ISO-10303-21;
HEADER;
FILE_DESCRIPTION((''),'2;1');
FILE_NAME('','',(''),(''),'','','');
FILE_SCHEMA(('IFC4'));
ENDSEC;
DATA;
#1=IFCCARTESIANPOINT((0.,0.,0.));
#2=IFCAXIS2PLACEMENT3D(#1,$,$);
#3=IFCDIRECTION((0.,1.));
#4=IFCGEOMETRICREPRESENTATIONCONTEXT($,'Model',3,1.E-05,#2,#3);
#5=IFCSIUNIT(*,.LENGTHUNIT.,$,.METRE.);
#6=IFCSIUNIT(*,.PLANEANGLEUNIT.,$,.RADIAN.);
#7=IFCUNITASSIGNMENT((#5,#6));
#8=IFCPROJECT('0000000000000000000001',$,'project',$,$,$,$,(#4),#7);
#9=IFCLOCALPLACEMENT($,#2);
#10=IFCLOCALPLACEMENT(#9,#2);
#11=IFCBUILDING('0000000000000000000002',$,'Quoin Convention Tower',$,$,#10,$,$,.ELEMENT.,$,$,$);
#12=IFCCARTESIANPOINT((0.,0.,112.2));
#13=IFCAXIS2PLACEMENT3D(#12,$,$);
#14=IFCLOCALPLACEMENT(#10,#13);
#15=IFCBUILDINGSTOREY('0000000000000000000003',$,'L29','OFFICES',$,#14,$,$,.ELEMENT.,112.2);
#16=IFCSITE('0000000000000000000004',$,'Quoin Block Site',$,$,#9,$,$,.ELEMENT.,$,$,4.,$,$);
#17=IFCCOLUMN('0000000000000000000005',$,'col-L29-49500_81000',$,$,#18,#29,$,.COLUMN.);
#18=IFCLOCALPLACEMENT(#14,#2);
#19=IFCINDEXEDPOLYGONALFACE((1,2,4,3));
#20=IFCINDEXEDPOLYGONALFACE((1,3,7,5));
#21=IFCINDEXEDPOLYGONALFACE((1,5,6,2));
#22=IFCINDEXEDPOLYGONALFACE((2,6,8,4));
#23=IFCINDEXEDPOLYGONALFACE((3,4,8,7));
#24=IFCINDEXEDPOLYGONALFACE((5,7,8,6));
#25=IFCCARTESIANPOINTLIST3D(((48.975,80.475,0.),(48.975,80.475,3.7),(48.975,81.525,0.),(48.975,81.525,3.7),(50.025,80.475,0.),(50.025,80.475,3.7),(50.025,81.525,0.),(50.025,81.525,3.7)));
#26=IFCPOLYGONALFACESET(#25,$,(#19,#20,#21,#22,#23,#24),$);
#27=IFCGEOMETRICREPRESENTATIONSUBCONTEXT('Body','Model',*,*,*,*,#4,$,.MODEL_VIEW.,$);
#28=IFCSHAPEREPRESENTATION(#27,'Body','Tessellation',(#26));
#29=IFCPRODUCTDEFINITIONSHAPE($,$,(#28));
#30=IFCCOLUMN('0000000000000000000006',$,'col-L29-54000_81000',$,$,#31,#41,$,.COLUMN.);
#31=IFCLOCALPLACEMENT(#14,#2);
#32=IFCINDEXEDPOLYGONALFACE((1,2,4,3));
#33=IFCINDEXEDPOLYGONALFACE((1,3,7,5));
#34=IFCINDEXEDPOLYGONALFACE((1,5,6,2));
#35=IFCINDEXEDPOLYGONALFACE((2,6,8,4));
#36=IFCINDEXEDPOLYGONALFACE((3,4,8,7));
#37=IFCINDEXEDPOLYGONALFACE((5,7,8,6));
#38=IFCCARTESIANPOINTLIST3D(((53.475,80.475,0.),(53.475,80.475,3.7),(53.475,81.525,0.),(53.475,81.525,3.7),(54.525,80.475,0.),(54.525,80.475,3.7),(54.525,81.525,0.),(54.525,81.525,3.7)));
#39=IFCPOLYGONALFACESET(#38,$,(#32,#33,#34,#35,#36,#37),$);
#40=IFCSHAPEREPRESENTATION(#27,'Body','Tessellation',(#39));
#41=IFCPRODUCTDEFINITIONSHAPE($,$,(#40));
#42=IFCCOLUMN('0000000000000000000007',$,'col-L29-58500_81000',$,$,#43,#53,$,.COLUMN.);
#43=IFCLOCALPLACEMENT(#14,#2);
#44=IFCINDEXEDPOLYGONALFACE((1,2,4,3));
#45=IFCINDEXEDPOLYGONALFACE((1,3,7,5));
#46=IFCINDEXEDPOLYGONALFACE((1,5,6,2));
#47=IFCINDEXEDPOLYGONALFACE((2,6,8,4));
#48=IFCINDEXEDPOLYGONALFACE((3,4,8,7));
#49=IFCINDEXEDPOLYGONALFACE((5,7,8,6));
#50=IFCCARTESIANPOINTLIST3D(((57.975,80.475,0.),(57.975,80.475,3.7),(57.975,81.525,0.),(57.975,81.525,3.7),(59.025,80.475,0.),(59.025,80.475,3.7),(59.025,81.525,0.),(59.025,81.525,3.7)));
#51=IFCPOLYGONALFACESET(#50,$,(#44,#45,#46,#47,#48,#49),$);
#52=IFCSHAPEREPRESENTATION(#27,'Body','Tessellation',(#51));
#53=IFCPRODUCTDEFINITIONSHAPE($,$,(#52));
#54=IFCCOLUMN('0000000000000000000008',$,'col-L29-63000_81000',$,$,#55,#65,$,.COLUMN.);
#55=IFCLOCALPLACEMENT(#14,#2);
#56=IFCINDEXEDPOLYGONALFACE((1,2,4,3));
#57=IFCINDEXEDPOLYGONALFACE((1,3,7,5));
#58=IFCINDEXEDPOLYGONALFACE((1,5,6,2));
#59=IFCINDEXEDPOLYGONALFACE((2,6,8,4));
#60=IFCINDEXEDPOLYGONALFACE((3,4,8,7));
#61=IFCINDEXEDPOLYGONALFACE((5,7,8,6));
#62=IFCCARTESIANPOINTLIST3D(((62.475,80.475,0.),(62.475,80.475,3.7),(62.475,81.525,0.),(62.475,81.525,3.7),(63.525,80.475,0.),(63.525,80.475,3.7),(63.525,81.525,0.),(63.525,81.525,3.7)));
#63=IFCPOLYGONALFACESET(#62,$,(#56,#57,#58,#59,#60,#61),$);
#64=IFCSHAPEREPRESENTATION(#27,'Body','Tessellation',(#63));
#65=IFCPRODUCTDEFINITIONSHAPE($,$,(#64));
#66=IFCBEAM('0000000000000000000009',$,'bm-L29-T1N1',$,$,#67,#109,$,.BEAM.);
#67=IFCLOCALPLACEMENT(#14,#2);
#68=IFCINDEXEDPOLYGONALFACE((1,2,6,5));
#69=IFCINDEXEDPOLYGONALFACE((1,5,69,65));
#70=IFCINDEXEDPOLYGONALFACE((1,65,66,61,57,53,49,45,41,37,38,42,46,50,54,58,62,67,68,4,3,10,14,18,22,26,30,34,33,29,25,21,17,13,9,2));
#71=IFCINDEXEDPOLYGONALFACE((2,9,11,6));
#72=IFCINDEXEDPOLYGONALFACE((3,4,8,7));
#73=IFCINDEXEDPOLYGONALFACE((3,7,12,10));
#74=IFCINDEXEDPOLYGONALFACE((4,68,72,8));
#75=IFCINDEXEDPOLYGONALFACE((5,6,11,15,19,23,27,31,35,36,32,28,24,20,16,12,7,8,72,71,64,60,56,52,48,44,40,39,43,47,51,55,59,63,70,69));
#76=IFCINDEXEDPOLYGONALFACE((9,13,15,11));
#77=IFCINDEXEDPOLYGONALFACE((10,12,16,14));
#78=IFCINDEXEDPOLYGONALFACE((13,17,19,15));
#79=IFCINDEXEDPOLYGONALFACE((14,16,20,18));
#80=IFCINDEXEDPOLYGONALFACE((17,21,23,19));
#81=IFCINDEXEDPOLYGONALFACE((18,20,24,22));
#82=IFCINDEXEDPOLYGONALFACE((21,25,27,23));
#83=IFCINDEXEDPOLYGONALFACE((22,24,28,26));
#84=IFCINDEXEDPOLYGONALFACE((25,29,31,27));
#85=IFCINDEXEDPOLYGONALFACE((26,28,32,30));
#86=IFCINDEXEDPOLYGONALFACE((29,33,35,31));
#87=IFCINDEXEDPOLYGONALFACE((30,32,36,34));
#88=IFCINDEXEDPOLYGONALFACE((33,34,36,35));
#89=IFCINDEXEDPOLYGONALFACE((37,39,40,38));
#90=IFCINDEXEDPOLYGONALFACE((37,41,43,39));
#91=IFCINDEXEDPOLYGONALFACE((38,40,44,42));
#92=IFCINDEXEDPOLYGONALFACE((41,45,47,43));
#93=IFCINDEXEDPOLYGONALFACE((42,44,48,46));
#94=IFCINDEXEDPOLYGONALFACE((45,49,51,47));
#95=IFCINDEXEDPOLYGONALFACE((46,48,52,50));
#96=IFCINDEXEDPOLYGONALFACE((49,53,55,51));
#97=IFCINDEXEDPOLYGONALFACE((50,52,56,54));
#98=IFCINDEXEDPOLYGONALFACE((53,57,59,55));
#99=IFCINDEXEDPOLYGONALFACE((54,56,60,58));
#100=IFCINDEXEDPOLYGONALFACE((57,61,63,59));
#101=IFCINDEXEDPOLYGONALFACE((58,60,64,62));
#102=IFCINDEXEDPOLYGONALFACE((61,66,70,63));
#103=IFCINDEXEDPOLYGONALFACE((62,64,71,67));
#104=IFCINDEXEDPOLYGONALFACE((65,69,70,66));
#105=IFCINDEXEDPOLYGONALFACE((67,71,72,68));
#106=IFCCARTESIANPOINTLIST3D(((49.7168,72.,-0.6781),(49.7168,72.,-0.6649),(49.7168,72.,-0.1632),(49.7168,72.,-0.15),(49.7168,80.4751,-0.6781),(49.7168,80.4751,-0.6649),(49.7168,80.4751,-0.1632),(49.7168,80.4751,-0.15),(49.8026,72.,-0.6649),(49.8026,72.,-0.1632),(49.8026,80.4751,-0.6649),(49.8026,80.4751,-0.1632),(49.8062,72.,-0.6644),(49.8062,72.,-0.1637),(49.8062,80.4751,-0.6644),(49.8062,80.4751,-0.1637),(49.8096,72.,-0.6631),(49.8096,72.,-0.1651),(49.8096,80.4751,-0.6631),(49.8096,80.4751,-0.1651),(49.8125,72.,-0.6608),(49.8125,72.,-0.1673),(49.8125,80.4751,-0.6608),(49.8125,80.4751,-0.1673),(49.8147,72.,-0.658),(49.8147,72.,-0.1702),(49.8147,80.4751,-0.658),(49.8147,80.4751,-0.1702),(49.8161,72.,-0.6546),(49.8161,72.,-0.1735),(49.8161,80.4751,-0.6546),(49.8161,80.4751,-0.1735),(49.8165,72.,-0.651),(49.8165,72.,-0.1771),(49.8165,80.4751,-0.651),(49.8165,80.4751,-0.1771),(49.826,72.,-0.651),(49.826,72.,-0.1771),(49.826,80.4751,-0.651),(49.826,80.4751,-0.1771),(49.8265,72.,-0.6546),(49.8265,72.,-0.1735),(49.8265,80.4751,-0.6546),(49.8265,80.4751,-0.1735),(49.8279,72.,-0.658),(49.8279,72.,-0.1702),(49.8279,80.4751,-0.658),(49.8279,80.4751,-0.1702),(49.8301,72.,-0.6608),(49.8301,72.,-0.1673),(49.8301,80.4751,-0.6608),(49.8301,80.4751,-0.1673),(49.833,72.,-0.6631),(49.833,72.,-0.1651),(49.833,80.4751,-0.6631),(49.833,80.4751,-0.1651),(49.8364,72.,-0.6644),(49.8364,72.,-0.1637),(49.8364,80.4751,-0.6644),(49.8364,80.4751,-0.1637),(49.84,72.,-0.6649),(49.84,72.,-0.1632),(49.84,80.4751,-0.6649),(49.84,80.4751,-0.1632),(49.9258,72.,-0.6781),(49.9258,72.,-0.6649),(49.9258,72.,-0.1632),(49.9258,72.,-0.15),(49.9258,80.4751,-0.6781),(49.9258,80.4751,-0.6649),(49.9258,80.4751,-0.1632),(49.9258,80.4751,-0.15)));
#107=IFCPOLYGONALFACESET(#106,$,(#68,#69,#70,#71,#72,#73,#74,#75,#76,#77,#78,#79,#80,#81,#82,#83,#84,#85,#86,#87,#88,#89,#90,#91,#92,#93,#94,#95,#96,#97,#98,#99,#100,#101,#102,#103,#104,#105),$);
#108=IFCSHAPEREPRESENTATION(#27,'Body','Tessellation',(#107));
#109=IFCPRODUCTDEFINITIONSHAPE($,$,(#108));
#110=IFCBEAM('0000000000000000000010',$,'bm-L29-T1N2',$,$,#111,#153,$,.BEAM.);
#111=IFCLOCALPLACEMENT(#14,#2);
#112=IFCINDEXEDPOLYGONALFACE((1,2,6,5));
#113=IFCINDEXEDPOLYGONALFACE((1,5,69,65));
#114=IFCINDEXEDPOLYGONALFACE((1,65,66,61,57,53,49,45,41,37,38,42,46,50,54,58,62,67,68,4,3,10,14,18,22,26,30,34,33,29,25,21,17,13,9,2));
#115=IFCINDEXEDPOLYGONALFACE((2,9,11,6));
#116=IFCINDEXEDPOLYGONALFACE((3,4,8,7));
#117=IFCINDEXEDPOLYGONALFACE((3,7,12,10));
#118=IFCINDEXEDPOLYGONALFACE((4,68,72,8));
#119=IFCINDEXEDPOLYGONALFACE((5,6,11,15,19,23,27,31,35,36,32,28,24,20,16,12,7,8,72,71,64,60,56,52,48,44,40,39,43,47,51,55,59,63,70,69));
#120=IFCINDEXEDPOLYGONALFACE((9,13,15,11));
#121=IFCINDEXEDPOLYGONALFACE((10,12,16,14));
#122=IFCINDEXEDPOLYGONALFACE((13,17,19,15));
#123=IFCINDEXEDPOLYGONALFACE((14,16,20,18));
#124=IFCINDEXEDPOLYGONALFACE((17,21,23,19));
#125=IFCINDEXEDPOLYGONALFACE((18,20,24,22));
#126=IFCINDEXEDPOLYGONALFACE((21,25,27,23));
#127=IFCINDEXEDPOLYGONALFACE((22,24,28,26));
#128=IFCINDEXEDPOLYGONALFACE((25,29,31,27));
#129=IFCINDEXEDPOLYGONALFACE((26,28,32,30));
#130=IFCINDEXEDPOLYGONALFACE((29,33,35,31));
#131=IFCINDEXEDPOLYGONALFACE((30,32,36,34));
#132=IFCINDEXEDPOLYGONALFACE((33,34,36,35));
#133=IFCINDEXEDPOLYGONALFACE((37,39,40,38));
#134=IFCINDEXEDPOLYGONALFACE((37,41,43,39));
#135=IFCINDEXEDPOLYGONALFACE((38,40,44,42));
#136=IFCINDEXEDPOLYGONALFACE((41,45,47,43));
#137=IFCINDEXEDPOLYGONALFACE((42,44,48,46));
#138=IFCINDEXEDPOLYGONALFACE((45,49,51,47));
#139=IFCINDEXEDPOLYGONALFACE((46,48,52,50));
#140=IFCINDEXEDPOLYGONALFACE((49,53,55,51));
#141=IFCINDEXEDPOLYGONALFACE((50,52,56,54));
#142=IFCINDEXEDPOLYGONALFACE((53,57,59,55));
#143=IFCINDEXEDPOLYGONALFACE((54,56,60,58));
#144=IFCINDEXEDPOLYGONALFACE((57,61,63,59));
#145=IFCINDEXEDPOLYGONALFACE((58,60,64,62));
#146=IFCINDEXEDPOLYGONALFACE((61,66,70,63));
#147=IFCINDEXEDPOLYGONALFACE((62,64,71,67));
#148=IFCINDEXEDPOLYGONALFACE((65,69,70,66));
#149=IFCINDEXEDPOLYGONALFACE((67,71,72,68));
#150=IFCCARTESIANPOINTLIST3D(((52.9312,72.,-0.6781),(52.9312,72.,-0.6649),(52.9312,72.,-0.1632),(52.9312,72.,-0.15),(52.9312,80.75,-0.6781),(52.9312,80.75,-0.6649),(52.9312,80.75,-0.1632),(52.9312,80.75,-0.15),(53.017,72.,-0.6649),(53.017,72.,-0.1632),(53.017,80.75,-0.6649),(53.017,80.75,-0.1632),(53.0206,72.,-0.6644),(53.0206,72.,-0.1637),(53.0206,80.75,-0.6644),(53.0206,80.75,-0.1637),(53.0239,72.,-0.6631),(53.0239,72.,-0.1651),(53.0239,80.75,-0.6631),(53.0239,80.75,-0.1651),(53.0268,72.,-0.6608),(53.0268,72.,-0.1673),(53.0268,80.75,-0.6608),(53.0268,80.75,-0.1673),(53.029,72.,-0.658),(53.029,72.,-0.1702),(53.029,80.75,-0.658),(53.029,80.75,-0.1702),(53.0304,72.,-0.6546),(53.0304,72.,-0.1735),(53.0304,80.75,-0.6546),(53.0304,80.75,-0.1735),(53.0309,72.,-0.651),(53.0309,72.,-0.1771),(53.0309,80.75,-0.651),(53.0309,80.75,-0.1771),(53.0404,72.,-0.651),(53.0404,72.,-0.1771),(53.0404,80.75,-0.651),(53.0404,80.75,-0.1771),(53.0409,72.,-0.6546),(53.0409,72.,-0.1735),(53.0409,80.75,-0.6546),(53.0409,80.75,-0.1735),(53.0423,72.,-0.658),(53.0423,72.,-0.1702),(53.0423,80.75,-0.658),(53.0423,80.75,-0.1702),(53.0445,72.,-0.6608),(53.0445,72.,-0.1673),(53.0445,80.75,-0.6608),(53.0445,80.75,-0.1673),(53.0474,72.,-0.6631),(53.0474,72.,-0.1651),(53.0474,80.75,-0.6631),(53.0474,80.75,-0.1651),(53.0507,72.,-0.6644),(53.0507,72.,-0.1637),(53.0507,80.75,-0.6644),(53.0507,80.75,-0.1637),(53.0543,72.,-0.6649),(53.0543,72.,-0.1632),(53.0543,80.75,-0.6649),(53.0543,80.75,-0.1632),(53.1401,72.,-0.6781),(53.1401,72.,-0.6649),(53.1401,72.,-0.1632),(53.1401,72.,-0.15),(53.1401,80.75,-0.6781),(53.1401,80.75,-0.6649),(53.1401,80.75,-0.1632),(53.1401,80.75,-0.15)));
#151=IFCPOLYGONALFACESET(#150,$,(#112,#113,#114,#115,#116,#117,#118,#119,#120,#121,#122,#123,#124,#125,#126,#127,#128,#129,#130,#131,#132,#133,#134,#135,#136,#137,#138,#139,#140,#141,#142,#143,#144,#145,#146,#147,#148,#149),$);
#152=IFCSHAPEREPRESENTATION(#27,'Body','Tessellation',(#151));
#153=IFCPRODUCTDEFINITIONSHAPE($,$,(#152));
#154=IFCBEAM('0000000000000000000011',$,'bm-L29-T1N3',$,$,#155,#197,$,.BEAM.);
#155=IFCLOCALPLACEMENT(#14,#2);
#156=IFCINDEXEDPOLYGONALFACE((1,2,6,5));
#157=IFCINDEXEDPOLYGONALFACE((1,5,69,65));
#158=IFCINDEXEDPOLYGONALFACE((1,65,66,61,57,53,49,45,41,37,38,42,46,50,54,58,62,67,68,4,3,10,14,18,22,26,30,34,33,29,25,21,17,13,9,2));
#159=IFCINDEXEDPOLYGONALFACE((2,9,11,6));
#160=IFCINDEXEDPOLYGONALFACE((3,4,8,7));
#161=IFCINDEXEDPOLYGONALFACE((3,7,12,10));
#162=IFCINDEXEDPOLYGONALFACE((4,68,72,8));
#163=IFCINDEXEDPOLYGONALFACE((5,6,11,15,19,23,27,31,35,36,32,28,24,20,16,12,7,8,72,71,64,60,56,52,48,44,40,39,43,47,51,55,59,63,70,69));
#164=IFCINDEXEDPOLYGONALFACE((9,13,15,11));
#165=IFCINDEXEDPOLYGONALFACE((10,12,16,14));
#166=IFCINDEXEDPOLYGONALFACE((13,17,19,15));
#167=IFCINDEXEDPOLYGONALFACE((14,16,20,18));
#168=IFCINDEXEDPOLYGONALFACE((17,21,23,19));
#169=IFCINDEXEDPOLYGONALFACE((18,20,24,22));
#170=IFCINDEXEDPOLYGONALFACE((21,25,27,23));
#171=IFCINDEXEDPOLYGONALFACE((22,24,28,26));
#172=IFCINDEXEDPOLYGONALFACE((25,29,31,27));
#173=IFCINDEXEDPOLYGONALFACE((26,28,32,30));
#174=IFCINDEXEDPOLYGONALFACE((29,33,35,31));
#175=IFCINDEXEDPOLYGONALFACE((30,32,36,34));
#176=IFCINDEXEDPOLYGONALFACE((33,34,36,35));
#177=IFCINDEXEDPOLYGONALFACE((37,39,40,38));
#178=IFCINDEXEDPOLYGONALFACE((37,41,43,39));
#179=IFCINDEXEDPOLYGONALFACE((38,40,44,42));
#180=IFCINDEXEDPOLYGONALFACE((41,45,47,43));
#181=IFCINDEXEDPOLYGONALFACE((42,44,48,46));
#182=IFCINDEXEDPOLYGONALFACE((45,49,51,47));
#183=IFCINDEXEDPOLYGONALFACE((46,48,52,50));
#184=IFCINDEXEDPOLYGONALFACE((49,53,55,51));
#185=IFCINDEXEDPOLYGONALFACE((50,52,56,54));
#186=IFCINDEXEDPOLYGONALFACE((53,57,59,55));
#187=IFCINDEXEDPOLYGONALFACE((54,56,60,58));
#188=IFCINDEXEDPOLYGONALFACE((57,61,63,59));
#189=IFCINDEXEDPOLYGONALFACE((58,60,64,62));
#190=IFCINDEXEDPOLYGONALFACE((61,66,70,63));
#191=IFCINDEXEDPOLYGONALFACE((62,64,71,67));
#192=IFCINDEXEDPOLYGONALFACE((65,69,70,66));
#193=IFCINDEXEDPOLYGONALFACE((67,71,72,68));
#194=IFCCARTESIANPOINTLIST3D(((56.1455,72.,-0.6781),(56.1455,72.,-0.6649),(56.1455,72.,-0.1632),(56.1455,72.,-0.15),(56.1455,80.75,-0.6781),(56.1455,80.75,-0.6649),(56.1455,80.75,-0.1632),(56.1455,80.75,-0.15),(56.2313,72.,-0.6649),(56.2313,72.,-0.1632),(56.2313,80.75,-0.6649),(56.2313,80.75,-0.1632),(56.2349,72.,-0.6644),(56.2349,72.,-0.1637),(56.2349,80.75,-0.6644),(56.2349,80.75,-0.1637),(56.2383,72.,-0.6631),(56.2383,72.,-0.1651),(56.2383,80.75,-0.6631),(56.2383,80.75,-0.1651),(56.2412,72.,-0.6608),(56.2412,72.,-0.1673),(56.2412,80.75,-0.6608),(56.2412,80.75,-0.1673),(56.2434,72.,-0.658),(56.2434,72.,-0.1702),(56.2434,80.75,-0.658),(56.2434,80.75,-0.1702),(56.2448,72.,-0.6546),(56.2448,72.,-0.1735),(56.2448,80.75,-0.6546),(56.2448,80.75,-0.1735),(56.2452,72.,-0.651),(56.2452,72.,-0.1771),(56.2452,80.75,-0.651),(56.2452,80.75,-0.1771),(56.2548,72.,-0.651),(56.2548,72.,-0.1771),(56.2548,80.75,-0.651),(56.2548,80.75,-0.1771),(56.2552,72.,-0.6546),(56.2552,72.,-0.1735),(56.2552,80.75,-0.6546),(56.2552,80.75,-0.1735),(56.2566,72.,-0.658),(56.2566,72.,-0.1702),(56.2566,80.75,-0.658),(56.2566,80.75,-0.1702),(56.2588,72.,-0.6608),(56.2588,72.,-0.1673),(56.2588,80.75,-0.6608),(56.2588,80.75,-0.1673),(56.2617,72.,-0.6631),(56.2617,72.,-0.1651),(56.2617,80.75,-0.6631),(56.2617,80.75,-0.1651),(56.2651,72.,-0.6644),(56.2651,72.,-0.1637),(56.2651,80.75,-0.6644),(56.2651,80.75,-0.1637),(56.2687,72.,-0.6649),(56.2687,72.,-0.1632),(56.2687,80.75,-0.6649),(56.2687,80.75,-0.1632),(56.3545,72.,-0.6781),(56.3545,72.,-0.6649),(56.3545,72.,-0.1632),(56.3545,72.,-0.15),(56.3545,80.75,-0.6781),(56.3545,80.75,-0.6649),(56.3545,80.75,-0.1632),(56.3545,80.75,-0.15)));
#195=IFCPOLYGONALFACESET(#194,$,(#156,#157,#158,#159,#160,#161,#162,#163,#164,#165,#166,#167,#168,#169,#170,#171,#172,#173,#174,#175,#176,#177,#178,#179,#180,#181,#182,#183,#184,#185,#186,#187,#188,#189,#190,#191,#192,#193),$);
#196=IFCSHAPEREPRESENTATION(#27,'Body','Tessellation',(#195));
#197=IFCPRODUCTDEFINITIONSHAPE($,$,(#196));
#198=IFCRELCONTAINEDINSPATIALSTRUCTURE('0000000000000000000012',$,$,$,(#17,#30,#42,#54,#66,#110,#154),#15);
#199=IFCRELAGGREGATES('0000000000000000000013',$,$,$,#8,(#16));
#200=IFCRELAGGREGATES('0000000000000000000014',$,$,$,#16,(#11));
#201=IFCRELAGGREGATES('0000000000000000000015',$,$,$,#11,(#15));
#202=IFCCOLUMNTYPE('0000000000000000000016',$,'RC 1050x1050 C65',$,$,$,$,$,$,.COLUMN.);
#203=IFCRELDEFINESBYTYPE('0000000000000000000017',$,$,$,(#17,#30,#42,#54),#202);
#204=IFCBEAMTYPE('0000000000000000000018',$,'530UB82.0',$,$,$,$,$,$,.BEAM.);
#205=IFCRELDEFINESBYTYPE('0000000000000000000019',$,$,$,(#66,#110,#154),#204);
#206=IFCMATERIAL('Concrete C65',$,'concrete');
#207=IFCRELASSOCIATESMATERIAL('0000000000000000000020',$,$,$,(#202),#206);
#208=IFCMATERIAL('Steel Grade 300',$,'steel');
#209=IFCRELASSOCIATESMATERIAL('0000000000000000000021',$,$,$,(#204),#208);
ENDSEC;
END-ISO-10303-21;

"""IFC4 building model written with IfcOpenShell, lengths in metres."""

from ifc_helpers import new_model, si_unit, direction, frame, origin, origin_2d, place, context, subcontext, project, spatial, rectangle, i_section, extrude, material, material_profile, profile_set, type_object, element, save


model = new_model("IFC4")

# Units and contexts
model_context = context("Model", 3, precision=1e-05, world=origin(), true_north=direction((0.0, 1.0)))
body_context = subcontext(model_context, "Body", "Model", "MODEL_VIEW")
ifc_project = project(units=[si_unit("LENGTHUNIT", "METRE"), si_unit("PLANEANGLEUNIT", "RADIAN")], contexts=[model_context])

# Site, building, storey
site_placement = place(None, origin())
site = spatial("IfcSite", under=ifc_project, at=site_placement, Name="Quoin Block Site", CompositionType="ELEMENT", RefElevation=4.0)
building_placement = place(site_placement, origin())
building = spatial("IfcBuilding", under=site, at=building_placement, Name="Quoin Convention Tower", CompositionType="ELEMENT")
storey_placement = place(building_placement, frame((0.0, 0.0, 112.2)))
storey = spatial("IfcBuildingStorey", under=building, at=storey_placement, Name="L29", Description="OFFICES", CompositionType="ELEMENT", Elevation=112.2)

# Columns
ifc_material_1 = material(Name="Concrete C65", Category="concrete")
ifc_material_profile_1 = material_profile(ifc_material_1, rectangle(XDim=1.05, YDim=1.05, at=origin_2d()), Name="RC 1050x1050")
ifc_profile_set_1 = profile_set([ifc_material_profile_1], Name="Concrete C65")
column_type = type_object("IfcColumnType", Name="RC 1050x1050 C65", PredefinedType="COLUMN", material=ifc_profile_set_1)
for number, where, z_axis, x_axis, name in (
    (1, (49.5, 81.0, 0.0), (0.0, 0.0, 1.0), (1.0, 0.0, 0.0), "col-L29-49500_81000"),
    (2, (54.0, 81.0, 0.0), (0.0, 0.0, 1.0), (1.0, 0.0, 0.0), "col-L29-54000_81000"),
    (3, (58.5, 81.0, 0.0), (0.0, 0.0, 1.0), (1.0, 0.0, 0.0), "col-L29-58500_81000"),
    (4, (63.0, 81.0, 0.0), (0.0, 0.0, 1.0), (1.0, 0.0, 0.0), "col-L29-63000_81000"),
):
    element("IfcColumn", number, at=place(storey_placement, frame(where, z_axis=z_axis, x_axis=x_axis)), inside=storey, type_object=column_type, Name=name, PredefinedType="COLUMN", context=body_context, shape_type="SweptSolid", body=[
        extrude(rectangle(XDim=1.05, YDim=1.05, at=origin_2d()), origin(), (0.0, 0.0, 1.0), 3.7),
    ])

# Beams
ifc_material_2 = material(Name="Steel Grade 300", Category="steel")
ifc_material_profile_2 = material_profile(ifc_material_2, i_section(OverallWidth=0.209, OverallDepth=0.5281, WebThickness=0.0095, FlangeThickness=0.0132, FilletRadius=0.0139, at=origin_2d()), Name="530UB82.0")
ifc_profile_set_2 = profile_set([ifc_material_profile_2], Name="Steel Grade 300")
beam_type_1 = type_object("IfcBeamType", Name="530UB82.0", PredefinedType="BEAM", material=ifc_profile_set_2)
beam_1_placement = place(storey_placement, frame((49.8213, 72.0, -0.4141), z_axis=(0.0, 1.0, 0.0), x_axis=(-1.0, 0.0, 0.0)))
element("IfcBeam", 5, at=beam_1_placement, inside=storey, type_object=beam_type_1, Name="bm-L29-T1N1", PredefinedType="BEAM", context=body_context, shape_type="SweptSolid", body=[
    extrude(i_section(OverallWidth=0.209, OverallDepth=0.5281, WebThickness=0.0095, FlangeThickness=0.0132, FilletRadius=0.0139, at=origin_2d()), origin(), (0.0, 0.0, 1.0), 8.4751),
])
for number, where, z_axis, x_axis, name in (
    (6, (53.0356, 72.0, -0.4141), (0.0, 1.0, 0.0), (-1.0, 0.0, 0.0), "bm-L29-T1N2"),
    (7, (56.25, 72.0, -0.4141), (0.0, 1.0, 0.0), (-1.0, 0.0, 0.0), "bm-L29-T1N3"),
):
    element("IfcBeam", number, at=place(storey_placement, frame(where, z_axis=z_axis, x_axis=x_axis)), inside=storey, type_object=beam_type_1, Name=name, PredefinedType="BEAM", context=body_context, shape_type="SweptSolid", body=[
        extrude(i_section(OverallWidth=0.209, OverallDepth=0.5281, WebThickness=0.0095, FlangeThickness=0.0132, FilletRadius=0.0139, at=origin_2d()), origin(), (0.0, 0.0, 1.0), 8.75),
    ])

save(model, "model.ifc")
